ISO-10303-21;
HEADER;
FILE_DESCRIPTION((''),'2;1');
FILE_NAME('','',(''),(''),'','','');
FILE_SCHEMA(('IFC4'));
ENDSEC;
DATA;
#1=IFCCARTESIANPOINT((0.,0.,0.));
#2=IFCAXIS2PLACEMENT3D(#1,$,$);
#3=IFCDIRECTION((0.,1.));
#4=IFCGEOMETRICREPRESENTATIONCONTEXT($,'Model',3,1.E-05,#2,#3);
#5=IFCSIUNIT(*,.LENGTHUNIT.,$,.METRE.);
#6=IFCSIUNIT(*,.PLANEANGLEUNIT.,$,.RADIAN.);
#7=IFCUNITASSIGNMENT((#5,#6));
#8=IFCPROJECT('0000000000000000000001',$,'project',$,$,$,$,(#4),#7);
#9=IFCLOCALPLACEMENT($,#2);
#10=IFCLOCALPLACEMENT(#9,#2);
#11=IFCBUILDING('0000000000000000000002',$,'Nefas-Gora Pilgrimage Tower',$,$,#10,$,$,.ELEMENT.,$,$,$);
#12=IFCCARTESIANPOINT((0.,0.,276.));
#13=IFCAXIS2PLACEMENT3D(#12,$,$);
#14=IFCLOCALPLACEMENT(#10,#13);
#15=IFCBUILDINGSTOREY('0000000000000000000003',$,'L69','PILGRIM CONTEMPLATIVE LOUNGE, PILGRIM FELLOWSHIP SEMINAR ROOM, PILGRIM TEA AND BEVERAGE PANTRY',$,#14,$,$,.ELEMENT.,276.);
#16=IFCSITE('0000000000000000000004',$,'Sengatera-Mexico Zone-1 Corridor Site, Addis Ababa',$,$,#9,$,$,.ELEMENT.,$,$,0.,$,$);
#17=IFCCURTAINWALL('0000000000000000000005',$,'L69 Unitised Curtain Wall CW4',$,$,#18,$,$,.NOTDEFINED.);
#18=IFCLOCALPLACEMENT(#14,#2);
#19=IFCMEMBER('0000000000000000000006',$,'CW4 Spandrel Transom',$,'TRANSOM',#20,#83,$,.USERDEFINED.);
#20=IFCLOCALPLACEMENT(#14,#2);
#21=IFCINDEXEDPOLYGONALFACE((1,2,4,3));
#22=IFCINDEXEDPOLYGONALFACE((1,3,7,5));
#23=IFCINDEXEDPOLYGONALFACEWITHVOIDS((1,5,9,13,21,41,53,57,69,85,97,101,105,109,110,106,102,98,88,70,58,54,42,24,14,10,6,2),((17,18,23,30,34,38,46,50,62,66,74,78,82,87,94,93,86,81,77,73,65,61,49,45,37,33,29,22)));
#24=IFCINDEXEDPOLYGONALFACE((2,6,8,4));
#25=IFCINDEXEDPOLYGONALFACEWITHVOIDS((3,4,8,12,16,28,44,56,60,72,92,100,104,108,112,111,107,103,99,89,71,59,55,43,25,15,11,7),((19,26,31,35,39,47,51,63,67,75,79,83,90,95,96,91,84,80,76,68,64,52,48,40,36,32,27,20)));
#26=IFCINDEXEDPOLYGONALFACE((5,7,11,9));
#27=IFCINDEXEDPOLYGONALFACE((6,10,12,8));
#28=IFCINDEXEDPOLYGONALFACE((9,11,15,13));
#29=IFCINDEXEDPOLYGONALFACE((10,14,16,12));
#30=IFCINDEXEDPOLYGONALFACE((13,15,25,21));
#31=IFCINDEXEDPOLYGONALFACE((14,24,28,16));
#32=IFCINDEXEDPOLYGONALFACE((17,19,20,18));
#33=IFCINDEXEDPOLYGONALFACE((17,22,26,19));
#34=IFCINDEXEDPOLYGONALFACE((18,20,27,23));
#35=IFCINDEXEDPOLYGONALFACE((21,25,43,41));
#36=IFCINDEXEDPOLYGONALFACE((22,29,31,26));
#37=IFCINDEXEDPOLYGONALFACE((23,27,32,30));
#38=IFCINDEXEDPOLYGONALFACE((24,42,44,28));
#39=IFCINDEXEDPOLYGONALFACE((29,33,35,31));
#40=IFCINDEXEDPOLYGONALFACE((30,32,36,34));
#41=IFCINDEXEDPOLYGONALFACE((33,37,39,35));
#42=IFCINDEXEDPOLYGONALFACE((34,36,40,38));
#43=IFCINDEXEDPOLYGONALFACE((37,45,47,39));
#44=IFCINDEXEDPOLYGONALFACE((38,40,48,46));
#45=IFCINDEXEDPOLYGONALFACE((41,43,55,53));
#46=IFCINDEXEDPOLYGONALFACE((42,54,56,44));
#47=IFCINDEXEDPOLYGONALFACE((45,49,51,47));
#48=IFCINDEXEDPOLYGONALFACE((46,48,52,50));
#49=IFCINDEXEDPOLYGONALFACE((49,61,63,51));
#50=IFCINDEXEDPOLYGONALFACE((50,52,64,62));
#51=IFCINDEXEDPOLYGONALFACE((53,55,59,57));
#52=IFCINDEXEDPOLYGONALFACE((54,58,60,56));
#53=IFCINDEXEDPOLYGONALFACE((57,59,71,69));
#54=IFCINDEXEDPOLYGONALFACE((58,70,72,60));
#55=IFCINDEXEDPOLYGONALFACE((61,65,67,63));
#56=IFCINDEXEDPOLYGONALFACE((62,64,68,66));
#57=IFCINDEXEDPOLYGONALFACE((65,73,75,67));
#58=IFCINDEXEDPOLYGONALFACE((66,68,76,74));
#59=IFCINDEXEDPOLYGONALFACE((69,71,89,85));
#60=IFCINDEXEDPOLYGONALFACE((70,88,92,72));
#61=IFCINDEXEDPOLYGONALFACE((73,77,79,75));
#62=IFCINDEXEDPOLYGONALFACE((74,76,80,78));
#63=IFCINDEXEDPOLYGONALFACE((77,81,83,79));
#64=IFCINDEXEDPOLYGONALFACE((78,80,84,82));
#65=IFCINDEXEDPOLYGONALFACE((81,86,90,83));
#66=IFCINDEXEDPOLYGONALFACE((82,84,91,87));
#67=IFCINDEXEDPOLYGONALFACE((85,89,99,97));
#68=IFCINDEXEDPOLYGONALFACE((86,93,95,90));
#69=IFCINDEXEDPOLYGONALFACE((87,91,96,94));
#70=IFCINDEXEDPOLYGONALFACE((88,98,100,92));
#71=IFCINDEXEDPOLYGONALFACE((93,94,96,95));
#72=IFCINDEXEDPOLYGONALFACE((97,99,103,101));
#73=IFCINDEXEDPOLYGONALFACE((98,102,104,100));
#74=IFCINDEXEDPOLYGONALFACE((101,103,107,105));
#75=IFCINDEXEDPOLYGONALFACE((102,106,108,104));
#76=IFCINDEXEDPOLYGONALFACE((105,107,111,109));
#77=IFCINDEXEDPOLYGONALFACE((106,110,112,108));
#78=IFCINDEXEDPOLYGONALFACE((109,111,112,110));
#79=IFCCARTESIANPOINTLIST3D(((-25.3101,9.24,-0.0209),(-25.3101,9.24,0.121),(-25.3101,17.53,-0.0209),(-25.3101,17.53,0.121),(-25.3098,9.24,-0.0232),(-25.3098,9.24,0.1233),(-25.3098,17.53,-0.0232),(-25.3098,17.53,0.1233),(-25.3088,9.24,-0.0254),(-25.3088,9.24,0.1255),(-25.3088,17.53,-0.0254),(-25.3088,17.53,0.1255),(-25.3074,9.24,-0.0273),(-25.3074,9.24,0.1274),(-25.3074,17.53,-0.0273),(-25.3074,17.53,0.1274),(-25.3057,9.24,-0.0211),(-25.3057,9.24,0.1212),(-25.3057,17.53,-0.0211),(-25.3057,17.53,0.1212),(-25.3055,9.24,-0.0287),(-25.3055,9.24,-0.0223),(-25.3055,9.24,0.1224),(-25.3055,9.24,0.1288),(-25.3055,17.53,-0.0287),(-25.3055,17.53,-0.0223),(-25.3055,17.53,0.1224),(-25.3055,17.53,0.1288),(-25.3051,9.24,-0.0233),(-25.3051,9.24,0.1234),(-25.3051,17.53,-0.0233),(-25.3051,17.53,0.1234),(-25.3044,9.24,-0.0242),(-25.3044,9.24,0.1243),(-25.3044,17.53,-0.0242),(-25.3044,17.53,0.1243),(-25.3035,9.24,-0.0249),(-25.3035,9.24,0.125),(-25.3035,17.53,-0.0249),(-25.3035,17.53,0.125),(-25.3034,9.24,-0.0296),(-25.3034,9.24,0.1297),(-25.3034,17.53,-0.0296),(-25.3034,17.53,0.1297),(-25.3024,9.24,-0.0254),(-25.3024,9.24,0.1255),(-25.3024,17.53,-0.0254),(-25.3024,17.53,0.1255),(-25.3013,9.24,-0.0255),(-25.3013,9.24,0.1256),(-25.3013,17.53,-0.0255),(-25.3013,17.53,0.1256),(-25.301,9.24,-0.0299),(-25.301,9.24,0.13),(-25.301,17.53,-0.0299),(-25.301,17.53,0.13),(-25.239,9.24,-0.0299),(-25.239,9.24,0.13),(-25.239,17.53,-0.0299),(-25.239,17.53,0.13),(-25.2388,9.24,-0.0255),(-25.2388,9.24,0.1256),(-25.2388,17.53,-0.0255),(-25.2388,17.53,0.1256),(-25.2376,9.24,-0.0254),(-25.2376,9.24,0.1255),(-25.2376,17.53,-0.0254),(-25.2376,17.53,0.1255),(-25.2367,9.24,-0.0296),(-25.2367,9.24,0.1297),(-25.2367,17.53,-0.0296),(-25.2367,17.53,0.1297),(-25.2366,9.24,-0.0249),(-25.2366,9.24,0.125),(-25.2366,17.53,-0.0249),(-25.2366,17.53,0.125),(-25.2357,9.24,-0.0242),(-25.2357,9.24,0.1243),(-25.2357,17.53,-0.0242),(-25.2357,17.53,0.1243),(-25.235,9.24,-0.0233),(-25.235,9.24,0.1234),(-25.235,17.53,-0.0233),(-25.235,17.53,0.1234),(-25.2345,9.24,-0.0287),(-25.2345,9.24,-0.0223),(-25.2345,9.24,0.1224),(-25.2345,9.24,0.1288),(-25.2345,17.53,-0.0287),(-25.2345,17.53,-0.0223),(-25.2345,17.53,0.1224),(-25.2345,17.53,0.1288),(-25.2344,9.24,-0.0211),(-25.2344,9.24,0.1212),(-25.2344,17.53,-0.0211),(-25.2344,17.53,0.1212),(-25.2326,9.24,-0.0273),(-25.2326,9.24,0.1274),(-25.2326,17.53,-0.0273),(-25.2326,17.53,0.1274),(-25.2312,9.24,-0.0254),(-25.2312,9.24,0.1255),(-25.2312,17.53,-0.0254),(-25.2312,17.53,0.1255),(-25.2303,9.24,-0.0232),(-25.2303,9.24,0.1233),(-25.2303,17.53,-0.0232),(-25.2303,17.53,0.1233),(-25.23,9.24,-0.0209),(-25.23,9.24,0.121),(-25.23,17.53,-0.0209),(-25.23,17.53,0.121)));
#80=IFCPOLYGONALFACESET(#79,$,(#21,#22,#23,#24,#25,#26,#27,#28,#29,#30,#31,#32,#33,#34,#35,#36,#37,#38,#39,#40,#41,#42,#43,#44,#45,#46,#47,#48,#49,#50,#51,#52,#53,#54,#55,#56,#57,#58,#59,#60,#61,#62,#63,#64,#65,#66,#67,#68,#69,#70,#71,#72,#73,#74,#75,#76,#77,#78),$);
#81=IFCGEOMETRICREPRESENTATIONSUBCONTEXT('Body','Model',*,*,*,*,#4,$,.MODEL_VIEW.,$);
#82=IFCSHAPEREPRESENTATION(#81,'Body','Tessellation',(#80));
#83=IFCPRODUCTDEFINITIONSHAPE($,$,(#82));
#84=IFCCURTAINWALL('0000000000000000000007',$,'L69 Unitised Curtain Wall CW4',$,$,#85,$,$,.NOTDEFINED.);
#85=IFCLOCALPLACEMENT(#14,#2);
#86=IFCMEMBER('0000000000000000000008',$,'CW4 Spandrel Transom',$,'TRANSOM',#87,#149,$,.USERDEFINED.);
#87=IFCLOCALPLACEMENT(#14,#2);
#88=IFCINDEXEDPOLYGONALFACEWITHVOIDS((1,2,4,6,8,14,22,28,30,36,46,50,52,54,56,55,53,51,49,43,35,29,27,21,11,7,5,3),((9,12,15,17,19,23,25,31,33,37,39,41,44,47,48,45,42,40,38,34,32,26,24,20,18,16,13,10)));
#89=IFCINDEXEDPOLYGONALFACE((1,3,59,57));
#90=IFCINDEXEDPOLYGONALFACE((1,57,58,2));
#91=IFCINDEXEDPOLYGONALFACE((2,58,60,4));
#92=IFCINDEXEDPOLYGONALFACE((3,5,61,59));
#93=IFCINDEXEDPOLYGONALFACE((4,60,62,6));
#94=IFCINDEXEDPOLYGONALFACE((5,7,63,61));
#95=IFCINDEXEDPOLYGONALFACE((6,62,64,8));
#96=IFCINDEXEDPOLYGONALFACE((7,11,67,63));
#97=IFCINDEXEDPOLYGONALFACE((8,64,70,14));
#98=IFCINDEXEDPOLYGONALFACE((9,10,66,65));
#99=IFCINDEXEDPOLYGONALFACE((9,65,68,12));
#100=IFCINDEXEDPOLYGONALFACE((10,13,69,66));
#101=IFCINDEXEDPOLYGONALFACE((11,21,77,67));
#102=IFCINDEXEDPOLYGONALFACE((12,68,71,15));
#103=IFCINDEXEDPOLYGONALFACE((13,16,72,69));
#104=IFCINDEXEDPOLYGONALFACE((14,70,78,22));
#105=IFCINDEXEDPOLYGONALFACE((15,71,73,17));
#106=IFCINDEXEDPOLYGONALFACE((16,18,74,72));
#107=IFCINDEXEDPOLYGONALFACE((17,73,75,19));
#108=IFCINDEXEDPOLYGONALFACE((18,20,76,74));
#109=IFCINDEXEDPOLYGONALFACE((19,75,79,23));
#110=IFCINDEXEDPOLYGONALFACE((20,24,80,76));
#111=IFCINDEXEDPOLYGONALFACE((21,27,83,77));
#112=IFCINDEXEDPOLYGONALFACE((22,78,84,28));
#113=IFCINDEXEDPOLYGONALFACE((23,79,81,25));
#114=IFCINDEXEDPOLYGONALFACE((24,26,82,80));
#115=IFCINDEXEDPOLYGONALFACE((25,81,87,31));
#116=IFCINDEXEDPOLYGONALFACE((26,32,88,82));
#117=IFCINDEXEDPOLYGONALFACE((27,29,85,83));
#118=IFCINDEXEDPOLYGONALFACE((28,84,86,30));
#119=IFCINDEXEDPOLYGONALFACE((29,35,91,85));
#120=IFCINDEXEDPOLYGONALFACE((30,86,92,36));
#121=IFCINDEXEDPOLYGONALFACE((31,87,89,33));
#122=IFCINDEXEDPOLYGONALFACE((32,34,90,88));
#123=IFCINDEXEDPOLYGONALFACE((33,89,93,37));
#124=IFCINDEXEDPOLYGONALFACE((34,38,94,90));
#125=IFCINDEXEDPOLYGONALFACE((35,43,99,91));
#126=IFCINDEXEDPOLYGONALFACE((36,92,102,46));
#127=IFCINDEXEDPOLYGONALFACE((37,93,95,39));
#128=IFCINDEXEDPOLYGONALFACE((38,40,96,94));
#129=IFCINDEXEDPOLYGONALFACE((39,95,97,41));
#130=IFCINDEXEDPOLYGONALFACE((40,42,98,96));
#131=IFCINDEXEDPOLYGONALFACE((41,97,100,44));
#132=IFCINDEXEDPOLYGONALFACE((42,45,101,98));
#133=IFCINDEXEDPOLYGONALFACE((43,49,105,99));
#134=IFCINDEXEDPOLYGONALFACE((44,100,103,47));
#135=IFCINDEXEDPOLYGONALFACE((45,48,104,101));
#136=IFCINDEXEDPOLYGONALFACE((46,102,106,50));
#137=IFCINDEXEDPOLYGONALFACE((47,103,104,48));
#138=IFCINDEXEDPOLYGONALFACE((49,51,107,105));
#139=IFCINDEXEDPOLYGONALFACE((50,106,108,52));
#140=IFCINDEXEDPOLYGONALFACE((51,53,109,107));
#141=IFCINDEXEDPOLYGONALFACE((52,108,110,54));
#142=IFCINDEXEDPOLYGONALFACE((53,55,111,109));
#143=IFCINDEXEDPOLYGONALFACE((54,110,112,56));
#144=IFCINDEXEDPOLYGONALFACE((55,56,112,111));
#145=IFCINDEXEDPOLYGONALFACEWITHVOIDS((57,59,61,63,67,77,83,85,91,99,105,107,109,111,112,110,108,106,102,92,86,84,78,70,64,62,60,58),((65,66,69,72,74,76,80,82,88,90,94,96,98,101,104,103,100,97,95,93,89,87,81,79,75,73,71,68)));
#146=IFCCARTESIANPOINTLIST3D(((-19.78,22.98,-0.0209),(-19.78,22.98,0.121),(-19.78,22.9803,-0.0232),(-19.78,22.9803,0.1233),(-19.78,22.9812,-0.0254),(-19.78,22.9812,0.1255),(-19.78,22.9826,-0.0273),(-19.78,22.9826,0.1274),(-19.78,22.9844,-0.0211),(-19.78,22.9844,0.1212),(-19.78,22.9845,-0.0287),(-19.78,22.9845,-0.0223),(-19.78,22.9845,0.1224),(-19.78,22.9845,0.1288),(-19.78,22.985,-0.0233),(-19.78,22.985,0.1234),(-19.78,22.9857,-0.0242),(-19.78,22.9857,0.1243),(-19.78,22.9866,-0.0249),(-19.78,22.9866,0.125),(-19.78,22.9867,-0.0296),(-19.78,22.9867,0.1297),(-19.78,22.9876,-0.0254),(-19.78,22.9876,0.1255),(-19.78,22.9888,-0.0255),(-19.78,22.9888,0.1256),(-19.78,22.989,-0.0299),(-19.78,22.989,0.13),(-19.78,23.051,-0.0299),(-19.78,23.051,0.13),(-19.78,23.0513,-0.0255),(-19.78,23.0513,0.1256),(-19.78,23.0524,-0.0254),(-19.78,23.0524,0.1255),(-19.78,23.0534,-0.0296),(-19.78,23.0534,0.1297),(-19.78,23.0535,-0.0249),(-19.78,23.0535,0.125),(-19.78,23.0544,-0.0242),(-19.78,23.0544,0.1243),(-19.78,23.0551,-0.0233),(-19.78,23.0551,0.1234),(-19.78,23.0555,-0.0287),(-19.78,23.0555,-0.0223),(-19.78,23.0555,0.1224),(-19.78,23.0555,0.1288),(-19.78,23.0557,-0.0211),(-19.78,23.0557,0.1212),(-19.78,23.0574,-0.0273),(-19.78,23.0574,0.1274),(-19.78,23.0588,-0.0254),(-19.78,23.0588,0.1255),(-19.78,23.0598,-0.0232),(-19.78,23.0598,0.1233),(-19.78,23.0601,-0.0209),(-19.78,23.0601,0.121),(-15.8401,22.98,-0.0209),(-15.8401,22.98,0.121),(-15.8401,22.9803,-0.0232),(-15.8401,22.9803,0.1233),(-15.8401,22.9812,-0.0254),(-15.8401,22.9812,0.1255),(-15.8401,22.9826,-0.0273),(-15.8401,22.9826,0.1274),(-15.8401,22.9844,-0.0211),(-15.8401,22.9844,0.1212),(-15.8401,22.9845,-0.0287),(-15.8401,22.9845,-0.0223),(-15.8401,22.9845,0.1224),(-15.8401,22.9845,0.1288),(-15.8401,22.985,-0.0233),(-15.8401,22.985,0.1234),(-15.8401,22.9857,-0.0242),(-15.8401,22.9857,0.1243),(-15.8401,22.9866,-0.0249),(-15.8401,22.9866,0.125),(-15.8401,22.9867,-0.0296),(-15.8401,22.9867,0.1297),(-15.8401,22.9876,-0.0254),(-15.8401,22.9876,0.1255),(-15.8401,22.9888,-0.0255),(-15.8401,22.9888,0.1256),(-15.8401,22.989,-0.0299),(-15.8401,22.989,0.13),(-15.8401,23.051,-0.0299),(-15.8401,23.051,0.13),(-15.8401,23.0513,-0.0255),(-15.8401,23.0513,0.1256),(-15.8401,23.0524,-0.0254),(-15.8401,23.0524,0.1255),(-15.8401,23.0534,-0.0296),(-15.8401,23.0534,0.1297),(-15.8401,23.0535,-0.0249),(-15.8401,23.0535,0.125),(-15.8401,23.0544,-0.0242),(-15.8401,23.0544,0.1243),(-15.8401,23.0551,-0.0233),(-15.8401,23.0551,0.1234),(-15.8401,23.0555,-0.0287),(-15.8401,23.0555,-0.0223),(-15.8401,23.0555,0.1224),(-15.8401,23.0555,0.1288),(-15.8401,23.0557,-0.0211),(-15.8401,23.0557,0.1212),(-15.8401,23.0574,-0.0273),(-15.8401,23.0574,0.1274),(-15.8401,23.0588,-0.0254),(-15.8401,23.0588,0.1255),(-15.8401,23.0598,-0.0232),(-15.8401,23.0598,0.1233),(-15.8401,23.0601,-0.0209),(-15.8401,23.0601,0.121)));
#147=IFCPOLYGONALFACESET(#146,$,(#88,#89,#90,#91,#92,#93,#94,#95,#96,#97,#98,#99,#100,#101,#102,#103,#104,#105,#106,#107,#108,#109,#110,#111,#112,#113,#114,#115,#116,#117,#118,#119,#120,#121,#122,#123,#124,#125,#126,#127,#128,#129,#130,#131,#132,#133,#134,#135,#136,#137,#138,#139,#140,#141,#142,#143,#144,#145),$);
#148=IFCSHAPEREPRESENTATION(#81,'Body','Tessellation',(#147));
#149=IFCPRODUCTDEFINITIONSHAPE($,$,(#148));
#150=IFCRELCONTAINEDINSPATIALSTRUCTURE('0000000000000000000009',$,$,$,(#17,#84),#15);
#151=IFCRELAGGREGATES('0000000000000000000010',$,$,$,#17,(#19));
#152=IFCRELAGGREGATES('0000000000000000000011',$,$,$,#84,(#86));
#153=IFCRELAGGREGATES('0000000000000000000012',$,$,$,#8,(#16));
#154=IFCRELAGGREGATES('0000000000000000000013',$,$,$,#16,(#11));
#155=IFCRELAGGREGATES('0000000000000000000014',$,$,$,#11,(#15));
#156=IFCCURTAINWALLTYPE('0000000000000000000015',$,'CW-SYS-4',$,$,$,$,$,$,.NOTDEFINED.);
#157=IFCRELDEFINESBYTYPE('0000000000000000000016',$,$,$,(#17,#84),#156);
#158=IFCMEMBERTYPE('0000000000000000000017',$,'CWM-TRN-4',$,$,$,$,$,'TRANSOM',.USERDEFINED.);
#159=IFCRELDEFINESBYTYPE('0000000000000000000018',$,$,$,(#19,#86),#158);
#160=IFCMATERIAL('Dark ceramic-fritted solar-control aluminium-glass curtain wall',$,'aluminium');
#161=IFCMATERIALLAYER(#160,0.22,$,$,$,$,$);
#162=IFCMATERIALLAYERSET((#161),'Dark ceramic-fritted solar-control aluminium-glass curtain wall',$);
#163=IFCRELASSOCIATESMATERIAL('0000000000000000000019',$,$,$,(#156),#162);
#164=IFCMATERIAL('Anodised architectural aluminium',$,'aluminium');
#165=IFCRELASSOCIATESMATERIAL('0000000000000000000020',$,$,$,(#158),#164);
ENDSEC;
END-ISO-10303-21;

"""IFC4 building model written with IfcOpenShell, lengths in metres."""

from ifc_helpers import new_model, si_unit, direction, frame, origin, origin_2d, place, context, subcontext, project, spatial, hollow_rectangle, extrude, source, transform, mapped, material, layer, layer_set, material_profile, profile_set, type_object, element, aggregate, save


model = new_model("IFC4")

# Units and contexts
model_context = context("Model", 3, precision=1e-05, world=origin(), true_north=direction((0.0, 1.0)))
body_context = subcontext(model_context, "Body", "Model", "MODEL_VIEW")
ifc_project = project(units=[si_unit("LENGTHUNIT", "METRE"), si_unit("PLANEANGLEUNIT", "RADIAN")], contexts=[model_context])

# Site, building, storey
site_placement = place(None, origin())
site = spatial("IfcSite", under=ifc_project, at=site_placement, Name="Sengatera-Mexico Zone-1 Corridor Site, Addis Ababa", CompositionType="ELEMENT", RefElevation=0.0)
building_placement = place(site_placement, origin())
building = spatial("IfcBuilding", under=site, at=building_placement, Name="Nefas-Gora Pilgrimage Tower", CompositionType="ELEMENT")
storey_placement = place(building_placement, frame((0.0, 0.0, 276.0)))
storey = spatial("IfcBuildingStorey", under=building, at=storey_placement, Name="L69", Description="PILGRIM CONTEMPLATIVE LOUNGE, PILGRIM FELLOWSHIP SEMINAR ROOM, PILGRIM TEA AND BEVERAGE PANTRY", CompositionType="ELEMENT", Elevation=276.0)

# Curtain wall, member
ifc_material_1 = material(Name="Dark ceramic-fritted solar-control aluminium-glass curtain wall", Category="aluminium")
ifc_material_2 = material(Name="Anodised architectural aluminium", Category="aluminium")
ifc_layer_1 = layer(ifc_material_1, 0.22)
ifc_layer_set_1 = layer_set([ifc_layer_1], Name="Dark ceramic-fritted solar-control aluminium-glass curtain wall")
curtain_wall_type_1 = type_object("IfcCurtainWallType", Name="CW-SYS-4", PredefinedType="NOTDEFINED", material=ifc_layer_set_1)
curtain_wall_1_placement = place(storey_placement, origin())
curtain_wall_1 = element("IfcCurtainWall", 1, at=curtain_wall_1_placement, inside=storey, type_object=curtain_wall_type_1, Name="L69 Unitised Curtain Wall CW4", PredefinedType="NOTDEFINED")
ifc_material_profile_1 = material_profile(ifc_material_2, hollow_rectangle(XDim=0.0801, YDim=0.1599, WallThickness=0.0044, InnerFilletRadius=0.0044, OuterFilletRadius=0.009, at=origin_2d()), Name="ALU TRANSOM 80x160")
ifc_profile_set_1 = profile_set([ifc_material_profile_1], Name="Anodised architectural aluminium")
member_type_1 = type_object("IfcMemberType", Name="CWM-TRN-4", ElementType="TRANSOM", PredefinedType="USERDEFINED", material=ifc_profile_set_1)
shared_shape_1 = source(origin(), body_context, "Body", "SweptSolid", [
    extrude(hollow_rectangle(XDim=0.0801, YDim=0.1599, WallThickness=0.0044, InnerFilletRadius=0.0044, OuterFilletRadius=0.009, at=origin_2d()), origin(), (0.0, 0.0, 1.0), 8.29),
])
member_1_placement = place(storey_placement, frame((-25.27, 17.53, 0.05), z_axis=(0.0, -1.0, 0.0), x_axis=(1.0, 0.0, 0.0)))
member_1 = element("IfcMember", 2, at=member_1_placement, type_object=member_type_1, Name="CW4 Spandrel Transom", ObjectType="TRANSOM", PredefinedType="USERDEFINED", context=body_context, shape_type="MappedRepresentation", body=[
    mapped(shared_shape_1, transform((0.0, 0.0, 0.0), x_axis=(1.0, 0.0, 0.0), y_axis=(0.0, 1.0, 0.0), z_axis=(0.0, 0.0, 1.0), scale=1.0)),
])

# Curtain wall, member
curtain_wall_2_placement = place(storey_placement, origin())
curtain_wall_2 = element("IfcCurtainWall", 3, at=curtain_wall_2_placement, inside=storey, type_object=curtain_wall_type_1, Name="L69 Unitised Curtain Wall CW4", PredefinedType="NOTDEFINED")
shared_shape_2 = source(origin(), body_context, "Body", "SweptSolid", [
    extrude(hollow_rectangle(XDim=0.0801, YDim=0.1599, WallThickness=0.0044, InnerFilletRadius=0.0044, OuterFilletRadius=0.009, at=origin_2d()), origin(), (0.0, 0.0, 1.0), 3.9399),
])
member_2_placement = place(storey_placement, frame((-15.8401, 23.02, 0.05), z_axis=(-1.0, 0.0, 0.0), x_axis=(0.0, -1.0, 0.0)))
member_2 = element("IfcMember", 4, at=member_2_placement, type_object=member_type_1, Name="CW4 Spandrel Transom", ObjectType="TRANSOM", PredefinedType="USERDEFINED", context=body_context, shape_type="MappedRepresentation", body=[
    mapped(shared_shape_2, transform((0.0, 0.0, 0.0), x_axis=(1.0, 0.0, 0.0), y_axis=(0.0, 1.0, 0.0), z_axis=(0.0, 0.0, 1.0), scale=1.0)),
])

aggregate(curtain_wall_1, [member_1])
aggregate(curtain_wall_2, [member_2])

save(model, "model.ifc")
